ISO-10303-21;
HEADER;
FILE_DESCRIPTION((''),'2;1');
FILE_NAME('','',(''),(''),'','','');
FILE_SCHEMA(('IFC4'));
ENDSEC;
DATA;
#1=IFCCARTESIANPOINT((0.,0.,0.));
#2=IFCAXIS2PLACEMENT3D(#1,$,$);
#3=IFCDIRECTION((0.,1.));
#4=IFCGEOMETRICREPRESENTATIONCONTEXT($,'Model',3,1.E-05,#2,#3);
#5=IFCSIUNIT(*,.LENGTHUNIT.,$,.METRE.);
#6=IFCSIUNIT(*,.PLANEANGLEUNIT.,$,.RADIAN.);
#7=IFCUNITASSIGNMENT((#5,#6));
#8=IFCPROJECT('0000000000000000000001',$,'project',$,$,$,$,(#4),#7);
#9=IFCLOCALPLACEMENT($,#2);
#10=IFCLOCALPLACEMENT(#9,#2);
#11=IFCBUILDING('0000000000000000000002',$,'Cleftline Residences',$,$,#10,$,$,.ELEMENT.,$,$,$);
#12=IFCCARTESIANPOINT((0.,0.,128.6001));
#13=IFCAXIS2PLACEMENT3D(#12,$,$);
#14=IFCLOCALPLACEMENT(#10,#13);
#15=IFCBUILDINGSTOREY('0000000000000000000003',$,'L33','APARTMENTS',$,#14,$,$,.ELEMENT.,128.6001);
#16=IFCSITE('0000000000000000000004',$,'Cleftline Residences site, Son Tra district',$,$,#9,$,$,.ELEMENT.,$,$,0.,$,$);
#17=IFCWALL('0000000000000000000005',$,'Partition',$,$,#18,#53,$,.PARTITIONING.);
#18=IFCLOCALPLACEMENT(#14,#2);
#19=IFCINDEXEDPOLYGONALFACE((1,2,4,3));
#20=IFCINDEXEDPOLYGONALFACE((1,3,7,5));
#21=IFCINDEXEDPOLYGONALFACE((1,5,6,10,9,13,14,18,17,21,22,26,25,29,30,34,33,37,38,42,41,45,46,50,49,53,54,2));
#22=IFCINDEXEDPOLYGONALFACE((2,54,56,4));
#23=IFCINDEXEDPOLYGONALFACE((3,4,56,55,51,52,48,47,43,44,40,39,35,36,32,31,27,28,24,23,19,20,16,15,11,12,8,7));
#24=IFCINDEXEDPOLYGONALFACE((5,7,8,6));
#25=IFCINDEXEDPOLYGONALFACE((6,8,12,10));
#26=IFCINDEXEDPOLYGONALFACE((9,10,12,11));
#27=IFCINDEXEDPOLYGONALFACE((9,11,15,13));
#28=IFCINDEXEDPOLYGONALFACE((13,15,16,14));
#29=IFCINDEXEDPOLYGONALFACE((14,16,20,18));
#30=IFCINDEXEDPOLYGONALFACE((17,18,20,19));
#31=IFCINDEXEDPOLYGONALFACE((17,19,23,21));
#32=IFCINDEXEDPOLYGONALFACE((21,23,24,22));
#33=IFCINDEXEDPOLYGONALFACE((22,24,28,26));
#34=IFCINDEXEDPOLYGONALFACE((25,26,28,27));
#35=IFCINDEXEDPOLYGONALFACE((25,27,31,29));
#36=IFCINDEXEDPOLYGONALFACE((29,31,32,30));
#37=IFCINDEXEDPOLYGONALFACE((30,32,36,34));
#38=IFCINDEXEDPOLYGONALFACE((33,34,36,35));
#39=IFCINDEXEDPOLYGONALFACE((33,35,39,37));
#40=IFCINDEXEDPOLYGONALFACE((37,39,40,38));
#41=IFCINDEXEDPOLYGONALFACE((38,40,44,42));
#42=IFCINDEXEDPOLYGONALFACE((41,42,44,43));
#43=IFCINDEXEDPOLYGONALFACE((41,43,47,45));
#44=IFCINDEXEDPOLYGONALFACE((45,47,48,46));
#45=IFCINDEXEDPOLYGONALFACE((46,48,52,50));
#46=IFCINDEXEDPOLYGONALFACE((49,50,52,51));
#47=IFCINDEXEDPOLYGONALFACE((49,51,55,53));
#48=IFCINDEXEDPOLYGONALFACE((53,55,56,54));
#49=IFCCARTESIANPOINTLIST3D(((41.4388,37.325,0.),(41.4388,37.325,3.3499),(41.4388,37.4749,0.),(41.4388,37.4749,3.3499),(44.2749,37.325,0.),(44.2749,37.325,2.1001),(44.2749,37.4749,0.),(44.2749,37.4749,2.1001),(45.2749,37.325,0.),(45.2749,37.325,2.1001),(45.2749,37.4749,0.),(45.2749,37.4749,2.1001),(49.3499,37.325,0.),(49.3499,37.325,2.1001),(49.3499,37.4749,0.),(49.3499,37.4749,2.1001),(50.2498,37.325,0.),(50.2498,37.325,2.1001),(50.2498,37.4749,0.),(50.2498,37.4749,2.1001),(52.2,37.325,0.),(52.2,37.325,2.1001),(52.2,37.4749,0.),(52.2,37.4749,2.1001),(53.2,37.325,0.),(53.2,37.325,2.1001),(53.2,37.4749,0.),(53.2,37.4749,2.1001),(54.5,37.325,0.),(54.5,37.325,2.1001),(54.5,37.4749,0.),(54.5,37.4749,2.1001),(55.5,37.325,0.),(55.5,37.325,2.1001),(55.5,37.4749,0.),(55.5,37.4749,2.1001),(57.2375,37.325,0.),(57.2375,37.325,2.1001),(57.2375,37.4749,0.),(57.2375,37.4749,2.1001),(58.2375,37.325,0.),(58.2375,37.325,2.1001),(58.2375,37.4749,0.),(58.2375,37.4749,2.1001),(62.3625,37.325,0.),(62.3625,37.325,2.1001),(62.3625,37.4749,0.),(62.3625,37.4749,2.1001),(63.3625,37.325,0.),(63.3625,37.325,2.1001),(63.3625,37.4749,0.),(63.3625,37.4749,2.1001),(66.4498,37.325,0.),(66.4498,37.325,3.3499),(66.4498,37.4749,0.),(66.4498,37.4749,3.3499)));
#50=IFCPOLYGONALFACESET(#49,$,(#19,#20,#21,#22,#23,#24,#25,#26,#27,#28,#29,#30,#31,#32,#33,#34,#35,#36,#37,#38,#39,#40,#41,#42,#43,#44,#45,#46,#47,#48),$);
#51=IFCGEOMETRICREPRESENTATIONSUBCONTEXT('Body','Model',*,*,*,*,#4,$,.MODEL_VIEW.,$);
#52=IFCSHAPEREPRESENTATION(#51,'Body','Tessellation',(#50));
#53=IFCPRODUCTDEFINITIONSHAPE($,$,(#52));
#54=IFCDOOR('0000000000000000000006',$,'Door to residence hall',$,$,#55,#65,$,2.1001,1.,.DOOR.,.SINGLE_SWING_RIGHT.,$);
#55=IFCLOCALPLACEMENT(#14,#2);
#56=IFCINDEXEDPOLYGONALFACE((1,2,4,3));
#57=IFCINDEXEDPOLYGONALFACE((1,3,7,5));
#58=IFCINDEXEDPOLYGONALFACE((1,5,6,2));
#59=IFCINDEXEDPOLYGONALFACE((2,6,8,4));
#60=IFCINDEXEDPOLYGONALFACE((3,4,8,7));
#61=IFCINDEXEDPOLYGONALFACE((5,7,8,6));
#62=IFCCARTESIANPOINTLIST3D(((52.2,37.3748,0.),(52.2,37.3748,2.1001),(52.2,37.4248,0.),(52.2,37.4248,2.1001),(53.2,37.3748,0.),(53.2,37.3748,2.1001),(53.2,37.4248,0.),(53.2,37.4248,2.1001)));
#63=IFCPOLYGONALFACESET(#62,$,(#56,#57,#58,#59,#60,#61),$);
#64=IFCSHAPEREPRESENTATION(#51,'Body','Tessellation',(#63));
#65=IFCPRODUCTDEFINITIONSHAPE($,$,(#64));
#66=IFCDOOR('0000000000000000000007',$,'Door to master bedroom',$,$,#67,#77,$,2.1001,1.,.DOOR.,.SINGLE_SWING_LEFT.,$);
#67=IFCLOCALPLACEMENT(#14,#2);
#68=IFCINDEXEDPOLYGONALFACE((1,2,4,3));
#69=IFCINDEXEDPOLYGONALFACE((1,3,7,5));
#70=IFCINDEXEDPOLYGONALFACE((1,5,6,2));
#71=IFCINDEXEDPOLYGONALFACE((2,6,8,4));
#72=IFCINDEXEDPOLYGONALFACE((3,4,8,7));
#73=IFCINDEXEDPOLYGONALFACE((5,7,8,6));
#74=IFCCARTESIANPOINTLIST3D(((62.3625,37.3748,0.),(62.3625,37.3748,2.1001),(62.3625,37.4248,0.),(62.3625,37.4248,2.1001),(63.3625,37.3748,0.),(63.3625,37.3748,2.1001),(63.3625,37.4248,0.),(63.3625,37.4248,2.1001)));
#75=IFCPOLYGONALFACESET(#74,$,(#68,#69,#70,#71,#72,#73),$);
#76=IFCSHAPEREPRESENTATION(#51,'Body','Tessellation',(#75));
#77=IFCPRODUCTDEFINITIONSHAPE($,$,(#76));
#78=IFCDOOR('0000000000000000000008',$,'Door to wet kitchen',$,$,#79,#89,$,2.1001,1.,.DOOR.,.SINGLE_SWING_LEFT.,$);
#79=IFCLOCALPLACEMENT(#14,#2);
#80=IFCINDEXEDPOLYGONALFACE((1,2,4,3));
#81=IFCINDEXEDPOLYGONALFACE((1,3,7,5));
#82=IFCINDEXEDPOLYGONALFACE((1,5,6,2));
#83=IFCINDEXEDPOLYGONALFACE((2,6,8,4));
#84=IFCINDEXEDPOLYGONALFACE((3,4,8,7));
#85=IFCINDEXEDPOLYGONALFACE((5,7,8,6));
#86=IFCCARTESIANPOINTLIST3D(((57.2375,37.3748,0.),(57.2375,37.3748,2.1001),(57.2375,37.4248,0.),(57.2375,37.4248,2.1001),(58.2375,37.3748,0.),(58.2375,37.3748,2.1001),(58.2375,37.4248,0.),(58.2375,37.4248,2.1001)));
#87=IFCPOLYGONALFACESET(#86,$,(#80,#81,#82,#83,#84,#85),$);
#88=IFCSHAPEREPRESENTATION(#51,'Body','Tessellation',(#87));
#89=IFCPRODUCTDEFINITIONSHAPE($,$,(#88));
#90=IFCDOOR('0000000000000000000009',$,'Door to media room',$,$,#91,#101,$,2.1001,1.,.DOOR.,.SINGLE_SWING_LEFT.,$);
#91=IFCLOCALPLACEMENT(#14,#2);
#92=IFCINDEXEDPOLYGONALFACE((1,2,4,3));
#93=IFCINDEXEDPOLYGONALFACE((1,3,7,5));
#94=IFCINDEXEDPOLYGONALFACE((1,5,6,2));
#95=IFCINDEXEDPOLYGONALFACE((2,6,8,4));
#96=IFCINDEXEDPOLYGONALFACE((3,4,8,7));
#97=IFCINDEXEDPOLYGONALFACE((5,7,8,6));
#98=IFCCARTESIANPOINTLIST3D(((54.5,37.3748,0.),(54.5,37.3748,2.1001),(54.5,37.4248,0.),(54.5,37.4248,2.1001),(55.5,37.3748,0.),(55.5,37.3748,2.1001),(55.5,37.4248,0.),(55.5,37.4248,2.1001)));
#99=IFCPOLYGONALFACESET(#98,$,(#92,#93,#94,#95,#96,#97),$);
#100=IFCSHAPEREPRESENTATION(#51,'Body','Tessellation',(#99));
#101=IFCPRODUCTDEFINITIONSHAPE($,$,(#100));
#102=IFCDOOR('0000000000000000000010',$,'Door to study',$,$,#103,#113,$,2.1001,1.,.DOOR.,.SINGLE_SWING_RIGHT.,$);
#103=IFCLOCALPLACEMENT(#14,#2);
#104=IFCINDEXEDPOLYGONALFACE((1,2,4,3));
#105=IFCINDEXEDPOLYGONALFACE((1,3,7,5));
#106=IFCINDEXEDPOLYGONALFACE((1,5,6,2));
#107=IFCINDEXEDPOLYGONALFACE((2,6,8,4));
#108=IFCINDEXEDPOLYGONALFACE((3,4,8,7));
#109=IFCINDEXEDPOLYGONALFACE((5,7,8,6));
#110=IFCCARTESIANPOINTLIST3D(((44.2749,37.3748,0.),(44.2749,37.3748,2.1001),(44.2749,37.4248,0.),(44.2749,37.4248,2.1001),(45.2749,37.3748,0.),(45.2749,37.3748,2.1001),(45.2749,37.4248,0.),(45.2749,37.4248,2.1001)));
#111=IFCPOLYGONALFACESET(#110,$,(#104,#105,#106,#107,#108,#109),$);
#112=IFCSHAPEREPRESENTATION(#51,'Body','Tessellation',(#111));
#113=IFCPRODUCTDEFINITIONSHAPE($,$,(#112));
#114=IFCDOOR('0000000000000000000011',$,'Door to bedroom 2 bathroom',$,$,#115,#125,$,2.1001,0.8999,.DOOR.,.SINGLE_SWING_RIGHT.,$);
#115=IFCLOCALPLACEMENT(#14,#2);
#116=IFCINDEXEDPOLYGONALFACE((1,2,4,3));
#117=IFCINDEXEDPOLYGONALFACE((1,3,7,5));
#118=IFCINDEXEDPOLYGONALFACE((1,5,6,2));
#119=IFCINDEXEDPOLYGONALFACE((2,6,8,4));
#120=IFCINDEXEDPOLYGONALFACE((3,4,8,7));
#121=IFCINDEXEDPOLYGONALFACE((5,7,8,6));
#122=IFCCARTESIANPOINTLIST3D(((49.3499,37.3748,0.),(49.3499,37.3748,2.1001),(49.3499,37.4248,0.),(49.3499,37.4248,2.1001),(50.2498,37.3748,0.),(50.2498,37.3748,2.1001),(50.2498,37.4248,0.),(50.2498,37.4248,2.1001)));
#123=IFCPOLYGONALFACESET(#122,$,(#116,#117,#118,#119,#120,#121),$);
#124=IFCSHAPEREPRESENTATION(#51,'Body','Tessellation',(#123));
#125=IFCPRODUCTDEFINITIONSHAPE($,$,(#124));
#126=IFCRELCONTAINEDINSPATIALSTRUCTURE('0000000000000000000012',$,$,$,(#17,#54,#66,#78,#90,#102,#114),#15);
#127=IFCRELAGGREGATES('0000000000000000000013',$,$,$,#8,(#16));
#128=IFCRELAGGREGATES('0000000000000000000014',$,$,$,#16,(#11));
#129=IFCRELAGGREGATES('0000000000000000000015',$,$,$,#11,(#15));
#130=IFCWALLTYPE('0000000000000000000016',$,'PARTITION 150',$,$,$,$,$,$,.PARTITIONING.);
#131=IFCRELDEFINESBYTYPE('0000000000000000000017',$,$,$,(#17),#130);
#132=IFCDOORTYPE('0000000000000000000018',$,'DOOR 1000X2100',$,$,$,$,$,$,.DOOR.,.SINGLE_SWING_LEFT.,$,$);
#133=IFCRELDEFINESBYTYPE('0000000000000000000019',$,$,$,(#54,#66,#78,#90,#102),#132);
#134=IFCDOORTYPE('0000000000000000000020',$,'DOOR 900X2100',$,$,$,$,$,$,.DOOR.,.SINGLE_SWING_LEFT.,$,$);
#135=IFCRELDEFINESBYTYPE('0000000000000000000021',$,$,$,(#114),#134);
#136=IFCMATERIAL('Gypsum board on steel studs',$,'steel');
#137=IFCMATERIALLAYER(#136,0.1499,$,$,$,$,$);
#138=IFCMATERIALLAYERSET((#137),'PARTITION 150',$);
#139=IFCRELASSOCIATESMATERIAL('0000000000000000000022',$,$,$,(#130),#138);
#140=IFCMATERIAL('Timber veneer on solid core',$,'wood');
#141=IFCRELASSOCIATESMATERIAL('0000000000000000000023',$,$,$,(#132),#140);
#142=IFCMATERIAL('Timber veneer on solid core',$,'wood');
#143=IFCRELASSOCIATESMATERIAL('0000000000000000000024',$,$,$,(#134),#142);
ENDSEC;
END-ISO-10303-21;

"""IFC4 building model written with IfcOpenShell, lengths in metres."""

from ifc_helpers import new_model, si_unit, direction, frame, frame_2d, origin, place, context, subcontext, project, spatial, rectangle, extrude, material, layer, layer_set, type_object, element, fill, save


model = new_model("IFC4")

# Units and contexts
model_context = context("Model", 3, precision=1e-05, world=origin(), true_north=direction((0.0, 1.0)))
body_context = subcontext(model_context, "Body", "Model", "MODEL_VIEW")
ifc_project = project(units=[si_unit("LENGTHUNIT", "METRE"), si_unit("PLANEANGLEUNIT", "RADIAN")], contexts=[model_context])

# Site, building, storey
site_placement = place(None, origin())
site = spatial("IfcSite", under=ifc_project, at=site_placement, Name="Cleftline Residences site, Son Tra district", CompositionType="ELEMENT", RefElevation=0.0)
building_placement = place(site_placement, origin())
building = spatial("IfcBuilding", under=site, at=building_placement, Name="Cleftline Residences", CompositionType="ELEMENT")
storey_placement = place(building_placement, frame((0.0, 0.0, 128.6001)))
storey = spatial("IfcBuildingStorey", under=building, at=storey_placement, Name="L33", Description="APARTMENTS", CompositionType="ELEMENT", Elevation=128.6001)

# Wall, openings, doors
ifc_material_1 = material(Name="Gypsum board on steel studs", Category="steel")
ifc_layer_1 = layer(ifc_material_1, 0.1499)
ifc_layer_set_1 = layer_set([ifc_layer_1], Name="PARTITION 150")
wall_type = type_object("IfcWallType", Name="PARTITION 150", PredefinedType="PARTITIONING", material=ifc_layer_set_1)
wall_1_placement = place(storey_placement, frame((41.439, 37.3999, 0.0), z_axis=(0.0, 0.0, 1.0), x_axis=(1.0, 0.0, 0.0)))
wall_1 = element("IfcWall", 1, at=wall_1_placement, inside=storey, type_object=wall_type, Name="Partition", PredefinedType="PARTITIONING", context=body_context, shape_type="SweptSolid", body=[
    extrude(rectangle(XDim=25.011, YDim=0.1499, at=frame_2d((12.5054, 0.0))), origin(), (0.0, 0.0, 1.0), 3.3499),
])
opening_1_placement = place(wall_1_placement, frame((10.761, 0.0, 0.0)))
opening_1 = element("IfcOpeningElement", 2, at=opening_1_placement, cuts=wall_1, PredefinedType="OPENING", context=body_context, shape_type="SweptSolid", body=[
    extrude(rectangle(XDim=1.0, YDim=2.1001, at=frame_2d((0.5, 1.05))), frame((0.0, 0.085, 0.0), z_axis=(0.0, -1.0, 0.0), x_axis=(1.0, 0.0, 0.0)), (0.0, 0.0, 1.0), 0.1699),
])
opening_2_placement = place(wall_1_placement, frame((20.9236, 0.0, 0.0)))
opening_2 = element("IfcOpeningElement", 3, at=opening_2_placement, cuts=wall_1, PredefinedType="OPENING", context=body_context, shape_type="SweptSolid", body=[
    extrude(rectangle(XDim=1.0, YDim=2.1001, at=frame_2d((0.5, 1.05))), frame((0.0, 0.085, 0.0), z_axis=(0.0, -1.0, 0.0), x_axis=(1.0, 0.0, 0.0)), (0.0, 0.0, 1.0), 0.1699),
])
opening_3_placement = place(wall_1_placement, frame((15.7986, 0.0, 0.0)))
opening_3 = element("IfcOpeningElement", 4, at=opening_3_placement, cuts=wall_1, PredefinedType="OPENING", context=body_context, shape_type="SweptSolid", body=[
    extrude(rectangle(XDim=1.0, YDim=2.1001, at=frame_2d((0.5, 1.05))), frame((0.0, 0.085, 0.0), z_axis=(0.0, -1.0, 0.0), x_axis=(1.0, 0.0, 0.0)), (0.0, 0.0, 1.0), 0.1699),
])
opening_4_placement = place(wall_1_placement, frame((13.061, 0.0, 0.0)))
opening_4 = element("IfcOpeningElement", 5, at=opening_4_placement, cuts=wall_1, PredefinedType="OPENING", context=body_context, shape_type="SweptSolid", body=[
    extrude(rectangle(XDim=1.0, YDim=2.1001, at=frame_2d((0.5, 1.05))), frame((0.0, 0.085, 0.0), z_axis=(0.0, -1.0, 0.0), x_axis=(1.0, 0.0, 0.0)), (0.0, 0.0, 1.0), 0.1699),
])
opening_5_placement = place(wall_1_placement, frame((7.9109, 0.0, 0.0)))
opening_5 = element("IfcOpeningElement", 6, at=opening_5_placement, cuts=wall_1, PredefinedType="OPENING", context=body_context, shape_type="SweptSolid", body=[
    extrude(rectangle(XDim=0.8999, YDim=2.1001, at=frame_2d((0.45, 1.05))), frame((0.0, 0.085, 0.0), z_axis=(0.0, -1.0, 0.0), x_axis=(1.0, 0.0, 0.0)), (0.0, 0.0, 1.0), 0.1699),
])
opening_6_placement = place(wall_1_placement, frame((2.8359, 0.0, 0.0)))
opening_6 = element("IfcOpeningElement", 7, at=opening_6_placement, cuts=wall_1, PredefinedType="OPENING", context=body_context, shape_type="SweptSolid", body=[
    extrude(rectangle(XDim=1.0, YDim=2.1001, at=frame_2d((0.5, 1.05))), frame((0.0, 0.085, 0.0), z_axis=(0.0, -1.0, 0.0), x_axis=(1.0, 0.0, 0.0)), (0.0, 0.0, 1.0), 0.1699),
])
ifc_material_2 = material(Name="Timber veneer on solid core", Category="wood")
door_type_1 = type_object("IfcDoorType", Name="DOOR 1000X2100", OperationType="SINGLE_SWING_LEFT", PredefinedType="DOOR", material=ifc_material_2)
door_1_placement = place(opening_1_placement, origin())
door_1 = element("IfcDoor", 8, at=door_1_placement, inside=storey, type_object=door_type_1, Name="Door to residence hall", OperationType="SINGLE_SWING_RIGHT", OverallHeight=2.1001, OverallWidth=1.0, PredefinedType="DOOR", context=body_context, shape_type="SweptSolid", body=[
    extrude(rectangle(XDim=1.0, YDim=2.1001, at=frame_2d((0.5, 1.05))), frame((0.0, 0.0249, 0.0), z_axis=(0.0, -1.0, 0.0), x_axis=(1.0, 0.0, 0.0)), (0.0, 0.0, 1.0), 0.05),
])
fill(opening_1, door_1)
door_2_placement = place(opening_2_placement, origin())
door_2 = element("IfcDoor", 9, at=door_2_placement, inside=storey, type_object=door_type_1, Name="Door to master bedroom", OperationType="SINGLE_SWING_LEFT", OverallHeight=2.1001, OverallWidth=1.0, PredefinedType="DOOR", context=body_context, shape_type="SweptSolid", body=[
    extrude(rectangle(XDim=1.0, YDim=2.1001, at=frame_2d((0.5, 1.05))), frame((0.0, 0.0249, 0.0), z_axis=(0.0, -1.0, 0.0), x_axis=(1.0, 0.0, 0.0)), (0.0, 0.0, 1.0), 0.05),
])
fill(opening_2, door_2)
door_3_placement = place(opening_3_placement, origin())
door_3 = element("IfcDoor", 10, at=door_3_placement, inside=storey, type_object=door_type_1, Name="Door to wet kitchen", OperationType="SINGLE_SWING_LEFT", OverallHeight=2.1001, OverallWidth=1.0, PredefinedType="DOOR", context=body_context, shape_type="SweptSolid", body=[
    extrude(rectangle(XDim=1.0, YDim=2.1001, at=frame_2d((0.5, 1.05))), frame((0.0, 0.0249, 0.0), z_axis=(0.0, -1.0, 0.0), x_axis=(1.0, 0.0, 0.0)), (0.0, 0.0, 1.0), 0.05),
])
fill(opening_3, door_3)
door_4_placement = place(opening_4_placement, origin())
door_4 = element("IfcDoor", 11, at=door_4_placement, inside=storey, type_object=door_type_1, Name="Door to media room", OperationType="SINGLE_SWING_LEFT", OverallHeight=2.1001, OverallWidth=1.0, PredefinedType="DOOR", context=body_context, shape_type="SweptSolid", body=[
    extrude(rectangle(XDim=1.0, YDim=2.1001, at=frame_2d((0.5, 1.05))), frame((0.0, 0.0249, 0.0), z_axis=(0.0, -1.0, 0.0), x_axis=(1.0, 0.0, 0.0)), (0.0, 0.0, 1.0), 0.05),
])
fill(opening_4, door_4)
door_5_placement = place(opening_6_placement, origin())
door_5 = element("IfcDoor", 12, at=door_5_placement, inside=storey, type_object=door_type_1, Name="Door to study", OperationType="SINGLE_SWING_RIGHT", OverallHeight=2.1001, OverallWidth=1.0, PredefinedType="DOOR", context=body_context, shape_type="SweptSolid", body=[
    extrude(rectangle(XDim=1.0, YDim=2.1001, at=frame_2d((0.5, 1.05))), frame((0.0, 0.0249, 0.0), z_axis=(0.0, -1.0, 0.0), x_axis=(1.0, 0.0, 0.0)), (0.0, 0.0, 1.0), 0.05),
])
fill(opening_6, door_5)
ifc_material_3 = material(Name="Timber veneer on solid core", Category="wood")
door_type_2 = type_object("IfcDoorType", Name="DOOR 900X2100", OperationType="SINGLE_SWING_LEFT", PredefinedType="DOOR", material=ifc_material_3)
door_6_placement = place(opening_5_placement, origin())
door_6 = element("IfcDoor", 13, at=door_6_placement, inside=storey, type_object=door_type_2, Name="Door to bedroom 2 bathroom", OperationType="SINGLE_SWING_RIGHT", OverallHeight=2.1001, OverallWidth=0.8999, PredefinedType="DOOR", context=body_context, shape_type="SweptSolid", body=[
    extrude(rectangle(XDim=0.8999, YDim=2.1001, at=frame_2d((0.45, 1.05))), frame((0.0, 0.0249, 0.0), z_axis=(0.0, -1.0, 0.0), x_axis=(1.0, 0.0, 0.0)), (0.0, 0.0, 1.0), 0.05),
])
fill(opening_5, door_6)

save(model, "model.ifc")
